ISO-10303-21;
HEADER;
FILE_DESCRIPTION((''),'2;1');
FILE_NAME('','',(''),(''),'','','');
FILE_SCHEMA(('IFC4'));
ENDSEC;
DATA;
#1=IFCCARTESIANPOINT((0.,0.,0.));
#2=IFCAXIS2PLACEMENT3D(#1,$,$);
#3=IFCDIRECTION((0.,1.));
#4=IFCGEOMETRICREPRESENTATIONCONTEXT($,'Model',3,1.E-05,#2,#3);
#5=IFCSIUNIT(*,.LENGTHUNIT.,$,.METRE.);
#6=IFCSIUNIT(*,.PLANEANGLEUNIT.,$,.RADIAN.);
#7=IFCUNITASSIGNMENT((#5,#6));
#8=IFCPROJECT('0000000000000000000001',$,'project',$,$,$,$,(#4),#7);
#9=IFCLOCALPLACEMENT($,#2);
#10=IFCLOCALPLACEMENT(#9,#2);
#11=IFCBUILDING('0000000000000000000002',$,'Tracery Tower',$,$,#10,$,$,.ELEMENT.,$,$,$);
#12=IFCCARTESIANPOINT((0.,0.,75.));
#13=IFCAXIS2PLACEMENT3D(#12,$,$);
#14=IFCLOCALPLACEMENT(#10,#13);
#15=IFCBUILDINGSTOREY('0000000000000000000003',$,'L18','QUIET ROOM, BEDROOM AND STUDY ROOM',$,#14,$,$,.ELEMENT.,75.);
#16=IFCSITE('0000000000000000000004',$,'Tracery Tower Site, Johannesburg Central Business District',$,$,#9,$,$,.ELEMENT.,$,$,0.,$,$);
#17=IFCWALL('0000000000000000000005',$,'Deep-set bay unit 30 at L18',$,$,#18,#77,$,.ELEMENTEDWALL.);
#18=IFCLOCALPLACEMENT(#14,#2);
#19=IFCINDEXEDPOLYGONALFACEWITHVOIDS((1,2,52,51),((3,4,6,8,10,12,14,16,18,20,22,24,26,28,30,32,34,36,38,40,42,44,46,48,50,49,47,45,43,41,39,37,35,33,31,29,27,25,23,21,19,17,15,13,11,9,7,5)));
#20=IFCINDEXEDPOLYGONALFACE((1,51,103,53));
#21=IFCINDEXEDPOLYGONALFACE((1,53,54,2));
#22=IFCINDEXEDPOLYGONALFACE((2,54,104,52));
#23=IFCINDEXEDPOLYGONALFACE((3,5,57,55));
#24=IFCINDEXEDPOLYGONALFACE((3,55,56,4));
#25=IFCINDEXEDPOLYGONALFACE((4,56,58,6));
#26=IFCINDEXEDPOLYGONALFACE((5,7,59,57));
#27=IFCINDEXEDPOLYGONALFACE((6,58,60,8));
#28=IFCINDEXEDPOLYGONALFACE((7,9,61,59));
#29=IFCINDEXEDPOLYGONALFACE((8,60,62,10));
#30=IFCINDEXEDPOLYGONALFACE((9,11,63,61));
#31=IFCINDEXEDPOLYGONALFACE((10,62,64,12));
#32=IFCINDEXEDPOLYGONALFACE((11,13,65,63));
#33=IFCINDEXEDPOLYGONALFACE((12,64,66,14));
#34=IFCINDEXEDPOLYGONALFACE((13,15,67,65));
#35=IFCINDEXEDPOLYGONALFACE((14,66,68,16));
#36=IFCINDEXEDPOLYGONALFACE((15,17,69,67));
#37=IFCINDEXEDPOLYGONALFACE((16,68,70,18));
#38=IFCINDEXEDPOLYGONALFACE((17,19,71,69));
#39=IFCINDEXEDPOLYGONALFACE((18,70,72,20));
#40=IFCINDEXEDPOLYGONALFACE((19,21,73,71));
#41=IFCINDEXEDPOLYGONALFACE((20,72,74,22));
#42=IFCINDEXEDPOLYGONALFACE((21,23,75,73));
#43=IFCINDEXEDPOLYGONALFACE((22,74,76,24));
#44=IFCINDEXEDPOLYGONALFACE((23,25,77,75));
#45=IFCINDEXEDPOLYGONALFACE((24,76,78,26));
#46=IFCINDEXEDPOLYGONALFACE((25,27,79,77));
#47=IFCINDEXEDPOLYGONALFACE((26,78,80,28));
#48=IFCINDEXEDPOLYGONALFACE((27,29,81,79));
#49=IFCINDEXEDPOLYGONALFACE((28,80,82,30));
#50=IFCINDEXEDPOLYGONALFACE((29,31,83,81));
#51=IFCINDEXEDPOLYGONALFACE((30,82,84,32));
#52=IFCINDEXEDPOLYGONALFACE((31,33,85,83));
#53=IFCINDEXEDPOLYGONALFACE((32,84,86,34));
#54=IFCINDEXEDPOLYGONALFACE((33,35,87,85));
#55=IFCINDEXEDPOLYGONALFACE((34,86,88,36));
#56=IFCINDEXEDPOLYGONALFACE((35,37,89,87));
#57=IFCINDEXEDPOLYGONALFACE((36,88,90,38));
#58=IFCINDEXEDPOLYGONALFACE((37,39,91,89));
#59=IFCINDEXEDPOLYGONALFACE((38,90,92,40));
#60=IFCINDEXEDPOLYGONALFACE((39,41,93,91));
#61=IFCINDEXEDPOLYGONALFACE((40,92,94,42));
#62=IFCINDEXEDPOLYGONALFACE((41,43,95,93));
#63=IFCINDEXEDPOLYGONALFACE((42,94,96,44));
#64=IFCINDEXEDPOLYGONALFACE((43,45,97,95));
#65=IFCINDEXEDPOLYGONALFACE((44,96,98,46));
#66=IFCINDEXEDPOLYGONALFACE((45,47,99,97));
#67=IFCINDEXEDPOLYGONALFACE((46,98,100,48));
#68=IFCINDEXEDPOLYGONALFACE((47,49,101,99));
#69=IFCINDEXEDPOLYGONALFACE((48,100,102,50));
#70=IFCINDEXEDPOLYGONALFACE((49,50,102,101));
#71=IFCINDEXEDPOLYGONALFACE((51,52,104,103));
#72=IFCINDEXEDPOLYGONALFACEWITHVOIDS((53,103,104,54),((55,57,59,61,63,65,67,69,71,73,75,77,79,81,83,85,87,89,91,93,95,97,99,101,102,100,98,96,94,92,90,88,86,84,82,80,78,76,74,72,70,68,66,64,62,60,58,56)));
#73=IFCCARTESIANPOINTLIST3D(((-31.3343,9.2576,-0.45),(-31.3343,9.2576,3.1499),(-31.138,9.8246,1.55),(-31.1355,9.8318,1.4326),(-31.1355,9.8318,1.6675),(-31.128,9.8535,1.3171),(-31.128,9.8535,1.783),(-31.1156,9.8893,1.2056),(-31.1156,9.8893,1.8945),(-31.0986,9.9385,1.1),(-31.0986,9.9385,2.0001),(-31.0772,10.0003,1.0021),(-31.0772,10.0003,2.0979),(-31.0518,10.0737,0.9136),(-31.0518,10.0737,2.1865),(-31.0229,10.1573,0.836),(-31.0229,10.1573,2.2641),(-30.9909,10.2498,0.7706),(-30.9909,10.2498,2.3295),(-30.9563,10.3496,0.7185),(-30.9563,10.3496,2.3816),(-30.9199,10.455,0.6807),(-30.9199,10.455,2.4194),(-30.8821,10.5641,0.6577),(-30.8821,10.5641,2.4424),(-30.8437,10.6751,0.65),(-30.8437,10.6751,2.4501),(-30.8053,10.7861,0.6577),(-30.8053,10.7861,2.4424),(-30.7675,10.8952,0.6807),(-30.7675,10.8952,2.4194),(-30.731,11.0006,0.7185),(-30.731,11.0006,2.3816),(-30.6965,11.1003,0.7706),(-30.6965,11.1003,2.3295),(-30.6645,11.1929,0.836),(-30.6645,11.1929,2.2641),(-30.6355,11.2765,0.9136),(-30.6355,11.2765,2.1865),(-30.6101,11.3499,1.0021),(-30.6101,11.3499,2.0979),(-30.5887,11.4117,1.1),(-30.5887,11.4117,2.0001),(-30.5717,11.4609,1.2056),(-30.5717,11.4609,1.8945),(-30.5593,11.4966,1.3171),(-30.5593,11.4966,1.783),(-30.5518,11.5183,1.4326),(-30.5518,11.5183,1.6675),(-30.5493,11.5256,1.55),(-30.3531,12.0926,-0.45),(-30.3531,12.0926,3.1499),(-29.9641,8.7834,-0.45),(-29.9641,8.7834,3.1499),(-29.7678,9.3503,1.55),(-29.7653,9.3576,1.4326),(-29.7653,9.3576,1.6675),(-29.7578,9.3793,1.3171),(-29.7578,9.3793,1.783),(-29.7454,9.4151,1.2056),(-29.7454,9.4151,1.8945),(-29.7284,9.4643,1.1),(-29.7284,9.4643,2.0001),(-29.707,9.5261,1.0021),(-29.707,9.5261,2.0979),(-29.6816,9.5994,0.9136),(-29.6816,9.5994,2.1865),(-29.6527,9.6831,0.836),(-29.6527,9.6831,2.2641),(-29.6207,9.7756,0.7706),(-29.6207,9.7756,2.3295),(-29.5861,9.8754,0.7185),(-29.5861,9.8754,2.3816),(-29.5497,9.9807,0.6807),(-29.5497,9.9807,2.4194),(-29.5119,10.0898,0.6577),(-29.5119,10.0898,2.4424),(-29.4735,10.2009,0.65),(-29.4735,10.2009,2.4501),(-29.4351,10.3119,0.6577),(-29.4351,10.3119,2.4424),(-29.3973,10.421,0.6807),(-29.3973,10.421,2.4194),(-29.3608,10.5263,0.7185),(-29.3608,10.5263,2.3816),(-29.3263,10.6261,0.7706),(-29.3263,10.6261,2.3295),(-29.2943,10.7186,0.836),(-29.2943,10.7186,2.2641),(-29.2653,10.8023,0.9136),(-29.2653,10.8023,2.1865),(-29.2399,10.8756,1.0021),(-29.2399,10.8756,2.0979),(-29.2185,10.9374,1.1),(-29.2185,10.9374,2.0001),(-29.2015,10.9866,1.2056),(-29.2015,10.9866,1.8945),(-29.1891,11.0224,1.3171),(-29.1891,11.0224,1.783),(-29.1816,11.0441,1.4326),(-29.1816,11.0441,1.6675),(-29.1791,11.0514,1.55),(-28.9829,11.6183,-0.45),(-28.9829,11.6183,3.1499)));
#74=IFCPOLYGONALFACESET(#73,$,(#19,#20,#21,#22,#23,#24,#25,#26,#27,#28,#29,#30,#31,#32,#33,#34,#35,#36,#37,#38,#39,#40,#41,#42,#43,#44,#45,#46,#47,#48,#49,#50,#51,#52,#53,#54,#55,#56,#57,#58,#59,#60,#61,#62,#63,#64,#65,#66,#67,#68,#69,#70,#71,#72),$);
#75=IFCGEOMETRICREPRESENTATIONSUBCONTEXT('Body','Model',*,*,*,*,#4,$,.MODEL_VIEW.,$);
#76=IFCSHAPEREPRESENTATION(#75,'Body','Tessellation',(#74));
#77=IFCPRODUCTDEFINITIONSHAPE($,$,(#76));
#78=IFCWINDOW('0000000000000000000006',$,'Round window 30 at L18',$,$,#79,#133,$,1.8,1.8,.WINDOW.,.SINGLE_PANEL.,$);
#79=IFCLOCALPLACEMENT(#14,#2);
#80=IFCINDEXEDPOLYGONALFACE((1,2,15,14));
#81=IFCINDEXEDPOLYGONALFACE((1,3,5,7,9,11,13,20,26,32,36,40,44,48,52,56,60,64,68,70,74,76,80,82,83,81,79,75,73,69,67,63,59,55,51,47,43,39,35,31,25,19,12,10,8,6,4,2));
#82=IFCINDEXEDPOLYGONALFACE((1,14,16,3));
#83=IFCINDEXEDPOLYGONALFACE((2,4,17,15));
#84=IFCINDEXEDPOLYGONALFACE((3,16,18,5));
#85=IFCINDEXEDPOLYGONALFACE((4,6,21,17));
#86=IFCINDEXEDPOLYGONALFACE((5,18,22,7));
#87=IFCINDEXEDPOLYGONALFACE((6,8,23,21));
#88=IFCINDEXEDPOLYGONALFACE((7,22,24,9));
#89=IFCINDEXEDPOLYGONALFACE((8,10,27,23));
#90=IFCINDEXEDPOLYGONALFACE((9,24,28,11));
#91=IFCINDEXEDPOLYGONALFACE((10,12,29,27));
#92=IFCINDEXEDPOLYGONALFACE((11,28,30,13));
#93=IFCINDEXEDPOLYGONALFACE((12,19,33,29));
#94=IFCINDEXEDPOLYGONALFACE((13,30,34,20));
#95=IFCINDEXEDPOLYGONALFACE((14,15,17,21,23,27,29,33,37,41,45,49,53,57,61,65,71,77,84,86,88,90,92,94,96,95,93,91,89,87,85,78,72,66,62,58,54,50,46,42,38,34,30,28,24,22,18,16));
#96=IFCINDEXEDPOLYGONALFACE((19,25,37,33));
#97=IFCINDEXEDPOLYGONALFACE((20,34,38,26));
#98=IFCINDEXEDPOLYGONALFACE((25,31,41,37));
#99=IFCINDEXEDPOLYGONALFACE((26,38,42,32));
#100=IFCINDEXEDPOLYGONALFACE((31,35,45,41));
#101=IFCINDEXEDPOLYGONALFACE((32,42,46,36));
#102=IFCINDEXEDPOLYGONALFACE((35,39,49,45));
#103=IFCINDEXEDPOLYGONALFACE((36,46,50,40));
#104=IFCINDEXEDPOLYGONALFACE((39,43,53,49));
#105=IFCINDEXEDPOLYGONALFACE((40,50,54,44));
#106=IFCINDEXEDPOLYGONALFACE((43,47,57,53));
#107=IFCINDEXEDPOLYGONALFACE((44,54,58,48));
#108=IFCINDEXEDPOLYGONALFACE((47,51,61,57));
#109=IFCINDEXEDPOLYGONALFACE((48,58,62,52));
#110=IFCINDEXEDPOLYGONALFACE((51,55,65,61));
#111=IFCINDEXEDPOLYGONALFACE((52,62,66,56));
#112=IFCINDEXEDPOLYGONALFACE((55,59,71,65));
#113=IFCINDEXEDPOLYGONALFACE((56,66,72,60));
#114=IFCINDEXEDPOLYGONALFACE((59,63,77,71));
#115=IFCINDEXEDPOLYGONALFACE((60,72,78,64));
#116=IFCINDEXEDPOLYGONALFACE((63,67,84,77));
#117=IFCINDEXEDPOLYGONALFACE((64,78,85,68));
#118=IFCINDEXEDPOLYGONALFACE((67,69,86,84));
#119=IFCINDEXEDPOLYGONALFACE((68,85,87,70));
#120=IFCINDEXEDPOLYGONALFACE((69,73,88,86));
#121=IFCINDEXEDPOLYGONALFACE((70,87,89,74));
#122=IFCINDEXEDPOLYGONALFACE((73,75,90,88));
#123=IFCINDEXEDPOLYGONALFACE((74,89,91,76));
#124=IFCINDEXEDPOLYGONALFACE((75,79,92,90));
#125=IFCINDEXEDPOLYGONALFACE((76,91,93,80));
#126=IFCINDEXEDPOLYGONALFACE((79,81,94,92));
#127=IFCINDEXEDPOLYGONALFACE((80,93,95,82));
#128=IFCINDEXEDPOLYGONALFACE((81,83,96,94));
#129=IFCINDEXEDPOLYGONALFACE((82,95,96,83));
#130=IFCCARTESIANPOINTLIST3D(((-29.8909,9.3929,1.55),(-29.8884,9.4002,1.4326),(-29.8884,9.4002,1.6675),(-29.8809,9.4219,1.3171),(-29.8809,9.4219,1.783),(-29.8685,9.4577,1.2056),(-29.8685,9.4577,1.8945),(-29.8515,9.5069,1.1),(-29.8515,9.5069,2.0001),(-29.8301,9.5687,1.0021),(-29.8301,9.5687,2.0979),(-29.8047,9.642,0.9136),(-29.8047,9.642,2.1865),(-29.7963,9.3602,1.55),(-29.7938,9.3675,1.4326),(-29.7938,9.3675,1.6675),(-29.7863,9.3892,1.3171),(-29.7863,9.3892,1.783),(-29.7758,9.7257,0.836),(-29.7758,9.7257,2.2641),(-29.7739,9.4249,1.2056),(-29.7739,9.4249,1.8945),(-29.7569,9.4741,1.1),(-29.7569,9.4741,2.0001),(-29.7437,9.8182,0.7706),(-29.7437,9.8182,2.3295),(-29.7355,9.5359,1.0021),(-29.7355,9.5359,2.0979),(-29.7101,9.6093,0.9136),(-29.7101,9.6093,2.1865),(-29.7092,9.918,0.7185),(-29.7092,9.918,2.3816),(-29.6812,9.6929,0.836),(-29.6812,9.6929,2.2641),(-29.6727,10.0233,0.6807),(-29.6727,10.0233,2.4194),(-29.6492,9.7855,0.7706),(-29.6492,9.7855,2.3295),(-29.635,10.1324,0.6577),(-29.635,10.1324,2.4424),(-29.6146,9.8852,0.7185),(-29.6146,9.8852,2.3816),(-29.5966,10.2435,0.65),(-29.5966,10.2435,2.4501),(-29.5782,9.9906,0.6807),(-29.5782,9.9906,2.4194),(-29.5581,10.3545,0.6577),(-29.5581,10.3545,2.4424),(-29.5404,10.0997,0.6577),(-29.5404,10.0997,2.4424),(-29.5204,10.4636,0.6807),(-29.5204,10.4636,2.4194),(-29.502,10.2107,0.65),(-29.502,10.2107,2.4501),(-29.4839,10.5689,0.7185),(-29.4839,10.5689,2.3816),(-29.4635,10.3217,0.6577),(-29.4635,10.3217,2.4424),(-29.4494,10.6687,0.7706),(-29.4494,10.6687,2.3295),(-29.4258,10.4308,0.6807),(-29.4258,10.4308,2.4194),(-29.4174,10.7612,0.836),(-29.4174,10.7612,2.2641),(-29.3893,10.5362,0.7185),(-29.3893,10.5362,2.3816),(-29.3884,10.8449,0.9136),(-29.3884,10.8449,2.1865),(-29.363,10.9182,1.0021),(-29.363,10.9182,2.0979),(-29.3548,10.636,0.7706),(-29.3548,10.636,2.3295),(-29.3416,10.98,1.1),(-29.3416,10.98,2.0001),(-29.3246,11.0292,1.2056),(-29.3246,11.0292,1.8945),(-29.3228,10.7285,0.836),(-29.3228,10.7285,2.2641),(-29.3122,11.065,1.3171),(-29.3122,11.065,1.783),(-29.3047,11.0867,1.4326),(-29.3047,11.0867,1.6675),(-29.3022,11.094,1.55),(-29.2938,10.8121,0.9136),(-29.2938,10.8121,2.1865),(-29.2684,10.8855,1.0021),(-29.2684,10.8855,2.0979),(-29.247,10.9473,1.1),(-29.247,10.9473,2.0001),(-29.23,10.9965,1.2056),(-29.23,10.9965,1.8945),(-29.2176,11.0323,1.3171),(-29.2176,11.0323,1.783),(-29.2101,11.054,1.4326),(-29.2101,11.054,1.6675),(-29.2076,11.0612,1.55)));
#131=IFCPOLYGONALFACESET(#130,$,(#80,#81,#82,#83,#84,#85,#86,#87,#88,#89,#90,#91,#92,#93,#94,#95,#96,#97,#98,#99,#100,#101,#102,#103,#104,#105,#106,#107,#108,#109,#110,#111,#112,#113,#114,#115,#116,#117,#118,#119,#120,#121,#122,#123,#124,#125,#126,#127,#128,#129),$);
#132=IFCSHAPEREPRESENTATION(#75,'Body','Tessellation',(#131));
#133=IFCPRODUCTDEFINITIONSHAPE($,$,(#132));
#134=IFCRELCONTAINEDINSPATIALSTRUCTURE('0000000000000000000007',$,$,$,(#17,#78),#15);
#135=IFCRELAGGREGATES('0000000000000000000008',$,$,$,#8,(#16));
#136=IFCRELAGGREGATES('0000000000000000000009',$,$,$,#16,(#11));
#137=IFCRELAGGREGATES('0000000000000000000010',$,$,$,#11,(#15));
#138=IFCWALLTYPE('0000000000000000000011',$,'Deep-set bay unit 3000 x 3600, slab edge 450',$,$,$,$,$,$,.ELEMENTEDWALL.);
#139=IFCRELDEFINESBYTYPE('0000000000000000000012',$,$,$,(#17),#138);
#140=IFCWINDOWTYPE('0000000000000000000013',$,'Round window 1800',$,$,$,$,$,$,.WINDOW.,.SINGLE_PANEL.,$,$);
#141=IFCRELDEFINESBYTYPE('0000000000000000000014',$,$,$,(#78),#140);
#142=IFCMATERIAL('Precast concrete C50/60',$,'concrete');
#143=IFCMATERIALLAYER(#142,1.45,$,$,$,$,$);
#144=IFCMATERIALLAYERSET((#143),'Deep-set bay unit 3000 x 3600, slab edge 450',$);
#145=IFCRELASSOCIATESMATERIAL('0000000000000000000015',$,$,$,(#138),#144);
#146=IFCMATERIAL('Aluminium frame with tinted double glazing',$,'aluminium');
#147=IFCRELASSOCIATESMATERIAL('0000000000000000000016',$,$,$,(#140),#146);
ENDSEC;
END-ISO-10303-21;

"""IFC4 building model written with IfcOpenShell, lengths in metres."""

from ifc_helpers import new_model, si_unit, direction, frame, frame_2d, origin, origin_2d, place, context, subcontext, project, spatial, rectangle, circle, extrude, material, layer, layer_set, type_object, element, fill, save


model = new_model("IFC4")

# Units and contexts
model_context = context("Model", 3, precision=1e-05, world=origin(), true_north=direction((0.0, 1.0)))
body_context = subcontext(model_context, "Body", "Model", "MODEL_VIEW")
ifc_project = project(units=[si_unit("LENGTHUNIT", "METRE"), si_unit("PLANEANGLEUNIT", "RADIAN")], contexts=[model_context])

# Site, building, storey
site_placement = place(None, origin())
site = spatial("IfcSite", under=ifc_project, at=site_placement, Name="Tracery Tower Site, Johannesburg Central Business District", CompositionType="ELEMENT", RefElevation=0.0)
building_placement = place(site_placement, origin())
building = spatial("IfcBuilding", under=site, at=building_placement, Name="Tracery Tower", CompositionType="ELEMENT")
storey_placement = place(building_placement, frame((0.0, 0.0, 75.0)))
storey = spatial("IfcBuildingStorey", under=building, at=storey_placement, Name="L18", Description="QUIET ROOM, BEDROOM AND STUDY ROOM", CompositionType="ELEMENT", Elevation=75.0)

# Wall, opening, window
ifc_material_1 = material(Name="Precast concrete C50/60", Category="concrete")
ifc_layer_1 = layer(ifc_material_1, 1.45)
ifc_layer_set_1 = layer_set([ifc_layer_1], Name="Deep-set bay unit 3000 x 3600, slab edge 450")
wall_type_1 = type_object("IfcWallType", Name="Deep-set bay unit 3000 x 3600, slab edge 450", PredefinedType="ELEMENTEDWALL", material=ifc_layer_set_1)
wall_1_placement = place(storey_placement, frame((-29.668, 11.8555, -0.45), z_axis=(0.0, 0.0, 1.0), x_axis=(-0.327071, -0.945, 0.0)))
wall_1 = element("IfcWall", 1, at=wall_1_placement, inside=storey, type_object=wall_type_1, Name="Deep-set bay unit 30 at L18", PredefinedType="ELEMENTEDWALL", context=body_context, shape_type="SweptSolid", body=[
    extrude(rectangle(XDim=3.0, YDim=1.45, at=frame_2d((1.5, 0.0))), origin(), (0.0, 0.0, 1.0), 3.5999),
])
opening_1_placement = place(wall_1_placement, frame((1.5, 0.0, 2.0)))
opening_1 = element("IfcOpeningElement", 2, at=opening_1_placement, cuts=wall_1, PredefinedType="OPENING", context=body_context, shape_type="SweptSolid", body=[
    extrude(circle(Radius=0.9, at=origin_2d()), frame((0.0, 0.7349, 0.0), z_axis=(0.0, -1.0, 0.0), x_axis=(1.0, 0.0, 0.0)), (0.0, 0.0, 1.0), 1.47),
])
ifc_material_2 = material(Name="Aluminium frame with tinted double glazing", Category="aluminium")
window_type = type_object("IfcWindowType", Name="Round window 1800", PartitioningType="SINGLE_PANEL", PredefinedType="WINDOW", material=ifc_material_2)
window_1_placement = place(opening_1_placement, origin())
window_1 = element("IfcWindow", 3, at=window_1_placement, inside=storey, type_object=window_type, Name="Round window 30 at L18", OverallHeight=1.8, OverallWidth=1.8, PartitioningType="SINGLE_PANEL", PredefinedType="WINDOW", context=body_context, shape_type="SweptSolid", body=[
    extrude(circle(Radius=0.9, at=origin_2d()), frame((0.0, 0.6948, 0.0), z_axis=(0.0, -1.0, 0.0), x_axis=(1.0, 0.0, 0.0)), (0.0, 0.0, 1.0), 0.1001),
])
fill(opening_1, window_1)

save(model, "model.ifc")
